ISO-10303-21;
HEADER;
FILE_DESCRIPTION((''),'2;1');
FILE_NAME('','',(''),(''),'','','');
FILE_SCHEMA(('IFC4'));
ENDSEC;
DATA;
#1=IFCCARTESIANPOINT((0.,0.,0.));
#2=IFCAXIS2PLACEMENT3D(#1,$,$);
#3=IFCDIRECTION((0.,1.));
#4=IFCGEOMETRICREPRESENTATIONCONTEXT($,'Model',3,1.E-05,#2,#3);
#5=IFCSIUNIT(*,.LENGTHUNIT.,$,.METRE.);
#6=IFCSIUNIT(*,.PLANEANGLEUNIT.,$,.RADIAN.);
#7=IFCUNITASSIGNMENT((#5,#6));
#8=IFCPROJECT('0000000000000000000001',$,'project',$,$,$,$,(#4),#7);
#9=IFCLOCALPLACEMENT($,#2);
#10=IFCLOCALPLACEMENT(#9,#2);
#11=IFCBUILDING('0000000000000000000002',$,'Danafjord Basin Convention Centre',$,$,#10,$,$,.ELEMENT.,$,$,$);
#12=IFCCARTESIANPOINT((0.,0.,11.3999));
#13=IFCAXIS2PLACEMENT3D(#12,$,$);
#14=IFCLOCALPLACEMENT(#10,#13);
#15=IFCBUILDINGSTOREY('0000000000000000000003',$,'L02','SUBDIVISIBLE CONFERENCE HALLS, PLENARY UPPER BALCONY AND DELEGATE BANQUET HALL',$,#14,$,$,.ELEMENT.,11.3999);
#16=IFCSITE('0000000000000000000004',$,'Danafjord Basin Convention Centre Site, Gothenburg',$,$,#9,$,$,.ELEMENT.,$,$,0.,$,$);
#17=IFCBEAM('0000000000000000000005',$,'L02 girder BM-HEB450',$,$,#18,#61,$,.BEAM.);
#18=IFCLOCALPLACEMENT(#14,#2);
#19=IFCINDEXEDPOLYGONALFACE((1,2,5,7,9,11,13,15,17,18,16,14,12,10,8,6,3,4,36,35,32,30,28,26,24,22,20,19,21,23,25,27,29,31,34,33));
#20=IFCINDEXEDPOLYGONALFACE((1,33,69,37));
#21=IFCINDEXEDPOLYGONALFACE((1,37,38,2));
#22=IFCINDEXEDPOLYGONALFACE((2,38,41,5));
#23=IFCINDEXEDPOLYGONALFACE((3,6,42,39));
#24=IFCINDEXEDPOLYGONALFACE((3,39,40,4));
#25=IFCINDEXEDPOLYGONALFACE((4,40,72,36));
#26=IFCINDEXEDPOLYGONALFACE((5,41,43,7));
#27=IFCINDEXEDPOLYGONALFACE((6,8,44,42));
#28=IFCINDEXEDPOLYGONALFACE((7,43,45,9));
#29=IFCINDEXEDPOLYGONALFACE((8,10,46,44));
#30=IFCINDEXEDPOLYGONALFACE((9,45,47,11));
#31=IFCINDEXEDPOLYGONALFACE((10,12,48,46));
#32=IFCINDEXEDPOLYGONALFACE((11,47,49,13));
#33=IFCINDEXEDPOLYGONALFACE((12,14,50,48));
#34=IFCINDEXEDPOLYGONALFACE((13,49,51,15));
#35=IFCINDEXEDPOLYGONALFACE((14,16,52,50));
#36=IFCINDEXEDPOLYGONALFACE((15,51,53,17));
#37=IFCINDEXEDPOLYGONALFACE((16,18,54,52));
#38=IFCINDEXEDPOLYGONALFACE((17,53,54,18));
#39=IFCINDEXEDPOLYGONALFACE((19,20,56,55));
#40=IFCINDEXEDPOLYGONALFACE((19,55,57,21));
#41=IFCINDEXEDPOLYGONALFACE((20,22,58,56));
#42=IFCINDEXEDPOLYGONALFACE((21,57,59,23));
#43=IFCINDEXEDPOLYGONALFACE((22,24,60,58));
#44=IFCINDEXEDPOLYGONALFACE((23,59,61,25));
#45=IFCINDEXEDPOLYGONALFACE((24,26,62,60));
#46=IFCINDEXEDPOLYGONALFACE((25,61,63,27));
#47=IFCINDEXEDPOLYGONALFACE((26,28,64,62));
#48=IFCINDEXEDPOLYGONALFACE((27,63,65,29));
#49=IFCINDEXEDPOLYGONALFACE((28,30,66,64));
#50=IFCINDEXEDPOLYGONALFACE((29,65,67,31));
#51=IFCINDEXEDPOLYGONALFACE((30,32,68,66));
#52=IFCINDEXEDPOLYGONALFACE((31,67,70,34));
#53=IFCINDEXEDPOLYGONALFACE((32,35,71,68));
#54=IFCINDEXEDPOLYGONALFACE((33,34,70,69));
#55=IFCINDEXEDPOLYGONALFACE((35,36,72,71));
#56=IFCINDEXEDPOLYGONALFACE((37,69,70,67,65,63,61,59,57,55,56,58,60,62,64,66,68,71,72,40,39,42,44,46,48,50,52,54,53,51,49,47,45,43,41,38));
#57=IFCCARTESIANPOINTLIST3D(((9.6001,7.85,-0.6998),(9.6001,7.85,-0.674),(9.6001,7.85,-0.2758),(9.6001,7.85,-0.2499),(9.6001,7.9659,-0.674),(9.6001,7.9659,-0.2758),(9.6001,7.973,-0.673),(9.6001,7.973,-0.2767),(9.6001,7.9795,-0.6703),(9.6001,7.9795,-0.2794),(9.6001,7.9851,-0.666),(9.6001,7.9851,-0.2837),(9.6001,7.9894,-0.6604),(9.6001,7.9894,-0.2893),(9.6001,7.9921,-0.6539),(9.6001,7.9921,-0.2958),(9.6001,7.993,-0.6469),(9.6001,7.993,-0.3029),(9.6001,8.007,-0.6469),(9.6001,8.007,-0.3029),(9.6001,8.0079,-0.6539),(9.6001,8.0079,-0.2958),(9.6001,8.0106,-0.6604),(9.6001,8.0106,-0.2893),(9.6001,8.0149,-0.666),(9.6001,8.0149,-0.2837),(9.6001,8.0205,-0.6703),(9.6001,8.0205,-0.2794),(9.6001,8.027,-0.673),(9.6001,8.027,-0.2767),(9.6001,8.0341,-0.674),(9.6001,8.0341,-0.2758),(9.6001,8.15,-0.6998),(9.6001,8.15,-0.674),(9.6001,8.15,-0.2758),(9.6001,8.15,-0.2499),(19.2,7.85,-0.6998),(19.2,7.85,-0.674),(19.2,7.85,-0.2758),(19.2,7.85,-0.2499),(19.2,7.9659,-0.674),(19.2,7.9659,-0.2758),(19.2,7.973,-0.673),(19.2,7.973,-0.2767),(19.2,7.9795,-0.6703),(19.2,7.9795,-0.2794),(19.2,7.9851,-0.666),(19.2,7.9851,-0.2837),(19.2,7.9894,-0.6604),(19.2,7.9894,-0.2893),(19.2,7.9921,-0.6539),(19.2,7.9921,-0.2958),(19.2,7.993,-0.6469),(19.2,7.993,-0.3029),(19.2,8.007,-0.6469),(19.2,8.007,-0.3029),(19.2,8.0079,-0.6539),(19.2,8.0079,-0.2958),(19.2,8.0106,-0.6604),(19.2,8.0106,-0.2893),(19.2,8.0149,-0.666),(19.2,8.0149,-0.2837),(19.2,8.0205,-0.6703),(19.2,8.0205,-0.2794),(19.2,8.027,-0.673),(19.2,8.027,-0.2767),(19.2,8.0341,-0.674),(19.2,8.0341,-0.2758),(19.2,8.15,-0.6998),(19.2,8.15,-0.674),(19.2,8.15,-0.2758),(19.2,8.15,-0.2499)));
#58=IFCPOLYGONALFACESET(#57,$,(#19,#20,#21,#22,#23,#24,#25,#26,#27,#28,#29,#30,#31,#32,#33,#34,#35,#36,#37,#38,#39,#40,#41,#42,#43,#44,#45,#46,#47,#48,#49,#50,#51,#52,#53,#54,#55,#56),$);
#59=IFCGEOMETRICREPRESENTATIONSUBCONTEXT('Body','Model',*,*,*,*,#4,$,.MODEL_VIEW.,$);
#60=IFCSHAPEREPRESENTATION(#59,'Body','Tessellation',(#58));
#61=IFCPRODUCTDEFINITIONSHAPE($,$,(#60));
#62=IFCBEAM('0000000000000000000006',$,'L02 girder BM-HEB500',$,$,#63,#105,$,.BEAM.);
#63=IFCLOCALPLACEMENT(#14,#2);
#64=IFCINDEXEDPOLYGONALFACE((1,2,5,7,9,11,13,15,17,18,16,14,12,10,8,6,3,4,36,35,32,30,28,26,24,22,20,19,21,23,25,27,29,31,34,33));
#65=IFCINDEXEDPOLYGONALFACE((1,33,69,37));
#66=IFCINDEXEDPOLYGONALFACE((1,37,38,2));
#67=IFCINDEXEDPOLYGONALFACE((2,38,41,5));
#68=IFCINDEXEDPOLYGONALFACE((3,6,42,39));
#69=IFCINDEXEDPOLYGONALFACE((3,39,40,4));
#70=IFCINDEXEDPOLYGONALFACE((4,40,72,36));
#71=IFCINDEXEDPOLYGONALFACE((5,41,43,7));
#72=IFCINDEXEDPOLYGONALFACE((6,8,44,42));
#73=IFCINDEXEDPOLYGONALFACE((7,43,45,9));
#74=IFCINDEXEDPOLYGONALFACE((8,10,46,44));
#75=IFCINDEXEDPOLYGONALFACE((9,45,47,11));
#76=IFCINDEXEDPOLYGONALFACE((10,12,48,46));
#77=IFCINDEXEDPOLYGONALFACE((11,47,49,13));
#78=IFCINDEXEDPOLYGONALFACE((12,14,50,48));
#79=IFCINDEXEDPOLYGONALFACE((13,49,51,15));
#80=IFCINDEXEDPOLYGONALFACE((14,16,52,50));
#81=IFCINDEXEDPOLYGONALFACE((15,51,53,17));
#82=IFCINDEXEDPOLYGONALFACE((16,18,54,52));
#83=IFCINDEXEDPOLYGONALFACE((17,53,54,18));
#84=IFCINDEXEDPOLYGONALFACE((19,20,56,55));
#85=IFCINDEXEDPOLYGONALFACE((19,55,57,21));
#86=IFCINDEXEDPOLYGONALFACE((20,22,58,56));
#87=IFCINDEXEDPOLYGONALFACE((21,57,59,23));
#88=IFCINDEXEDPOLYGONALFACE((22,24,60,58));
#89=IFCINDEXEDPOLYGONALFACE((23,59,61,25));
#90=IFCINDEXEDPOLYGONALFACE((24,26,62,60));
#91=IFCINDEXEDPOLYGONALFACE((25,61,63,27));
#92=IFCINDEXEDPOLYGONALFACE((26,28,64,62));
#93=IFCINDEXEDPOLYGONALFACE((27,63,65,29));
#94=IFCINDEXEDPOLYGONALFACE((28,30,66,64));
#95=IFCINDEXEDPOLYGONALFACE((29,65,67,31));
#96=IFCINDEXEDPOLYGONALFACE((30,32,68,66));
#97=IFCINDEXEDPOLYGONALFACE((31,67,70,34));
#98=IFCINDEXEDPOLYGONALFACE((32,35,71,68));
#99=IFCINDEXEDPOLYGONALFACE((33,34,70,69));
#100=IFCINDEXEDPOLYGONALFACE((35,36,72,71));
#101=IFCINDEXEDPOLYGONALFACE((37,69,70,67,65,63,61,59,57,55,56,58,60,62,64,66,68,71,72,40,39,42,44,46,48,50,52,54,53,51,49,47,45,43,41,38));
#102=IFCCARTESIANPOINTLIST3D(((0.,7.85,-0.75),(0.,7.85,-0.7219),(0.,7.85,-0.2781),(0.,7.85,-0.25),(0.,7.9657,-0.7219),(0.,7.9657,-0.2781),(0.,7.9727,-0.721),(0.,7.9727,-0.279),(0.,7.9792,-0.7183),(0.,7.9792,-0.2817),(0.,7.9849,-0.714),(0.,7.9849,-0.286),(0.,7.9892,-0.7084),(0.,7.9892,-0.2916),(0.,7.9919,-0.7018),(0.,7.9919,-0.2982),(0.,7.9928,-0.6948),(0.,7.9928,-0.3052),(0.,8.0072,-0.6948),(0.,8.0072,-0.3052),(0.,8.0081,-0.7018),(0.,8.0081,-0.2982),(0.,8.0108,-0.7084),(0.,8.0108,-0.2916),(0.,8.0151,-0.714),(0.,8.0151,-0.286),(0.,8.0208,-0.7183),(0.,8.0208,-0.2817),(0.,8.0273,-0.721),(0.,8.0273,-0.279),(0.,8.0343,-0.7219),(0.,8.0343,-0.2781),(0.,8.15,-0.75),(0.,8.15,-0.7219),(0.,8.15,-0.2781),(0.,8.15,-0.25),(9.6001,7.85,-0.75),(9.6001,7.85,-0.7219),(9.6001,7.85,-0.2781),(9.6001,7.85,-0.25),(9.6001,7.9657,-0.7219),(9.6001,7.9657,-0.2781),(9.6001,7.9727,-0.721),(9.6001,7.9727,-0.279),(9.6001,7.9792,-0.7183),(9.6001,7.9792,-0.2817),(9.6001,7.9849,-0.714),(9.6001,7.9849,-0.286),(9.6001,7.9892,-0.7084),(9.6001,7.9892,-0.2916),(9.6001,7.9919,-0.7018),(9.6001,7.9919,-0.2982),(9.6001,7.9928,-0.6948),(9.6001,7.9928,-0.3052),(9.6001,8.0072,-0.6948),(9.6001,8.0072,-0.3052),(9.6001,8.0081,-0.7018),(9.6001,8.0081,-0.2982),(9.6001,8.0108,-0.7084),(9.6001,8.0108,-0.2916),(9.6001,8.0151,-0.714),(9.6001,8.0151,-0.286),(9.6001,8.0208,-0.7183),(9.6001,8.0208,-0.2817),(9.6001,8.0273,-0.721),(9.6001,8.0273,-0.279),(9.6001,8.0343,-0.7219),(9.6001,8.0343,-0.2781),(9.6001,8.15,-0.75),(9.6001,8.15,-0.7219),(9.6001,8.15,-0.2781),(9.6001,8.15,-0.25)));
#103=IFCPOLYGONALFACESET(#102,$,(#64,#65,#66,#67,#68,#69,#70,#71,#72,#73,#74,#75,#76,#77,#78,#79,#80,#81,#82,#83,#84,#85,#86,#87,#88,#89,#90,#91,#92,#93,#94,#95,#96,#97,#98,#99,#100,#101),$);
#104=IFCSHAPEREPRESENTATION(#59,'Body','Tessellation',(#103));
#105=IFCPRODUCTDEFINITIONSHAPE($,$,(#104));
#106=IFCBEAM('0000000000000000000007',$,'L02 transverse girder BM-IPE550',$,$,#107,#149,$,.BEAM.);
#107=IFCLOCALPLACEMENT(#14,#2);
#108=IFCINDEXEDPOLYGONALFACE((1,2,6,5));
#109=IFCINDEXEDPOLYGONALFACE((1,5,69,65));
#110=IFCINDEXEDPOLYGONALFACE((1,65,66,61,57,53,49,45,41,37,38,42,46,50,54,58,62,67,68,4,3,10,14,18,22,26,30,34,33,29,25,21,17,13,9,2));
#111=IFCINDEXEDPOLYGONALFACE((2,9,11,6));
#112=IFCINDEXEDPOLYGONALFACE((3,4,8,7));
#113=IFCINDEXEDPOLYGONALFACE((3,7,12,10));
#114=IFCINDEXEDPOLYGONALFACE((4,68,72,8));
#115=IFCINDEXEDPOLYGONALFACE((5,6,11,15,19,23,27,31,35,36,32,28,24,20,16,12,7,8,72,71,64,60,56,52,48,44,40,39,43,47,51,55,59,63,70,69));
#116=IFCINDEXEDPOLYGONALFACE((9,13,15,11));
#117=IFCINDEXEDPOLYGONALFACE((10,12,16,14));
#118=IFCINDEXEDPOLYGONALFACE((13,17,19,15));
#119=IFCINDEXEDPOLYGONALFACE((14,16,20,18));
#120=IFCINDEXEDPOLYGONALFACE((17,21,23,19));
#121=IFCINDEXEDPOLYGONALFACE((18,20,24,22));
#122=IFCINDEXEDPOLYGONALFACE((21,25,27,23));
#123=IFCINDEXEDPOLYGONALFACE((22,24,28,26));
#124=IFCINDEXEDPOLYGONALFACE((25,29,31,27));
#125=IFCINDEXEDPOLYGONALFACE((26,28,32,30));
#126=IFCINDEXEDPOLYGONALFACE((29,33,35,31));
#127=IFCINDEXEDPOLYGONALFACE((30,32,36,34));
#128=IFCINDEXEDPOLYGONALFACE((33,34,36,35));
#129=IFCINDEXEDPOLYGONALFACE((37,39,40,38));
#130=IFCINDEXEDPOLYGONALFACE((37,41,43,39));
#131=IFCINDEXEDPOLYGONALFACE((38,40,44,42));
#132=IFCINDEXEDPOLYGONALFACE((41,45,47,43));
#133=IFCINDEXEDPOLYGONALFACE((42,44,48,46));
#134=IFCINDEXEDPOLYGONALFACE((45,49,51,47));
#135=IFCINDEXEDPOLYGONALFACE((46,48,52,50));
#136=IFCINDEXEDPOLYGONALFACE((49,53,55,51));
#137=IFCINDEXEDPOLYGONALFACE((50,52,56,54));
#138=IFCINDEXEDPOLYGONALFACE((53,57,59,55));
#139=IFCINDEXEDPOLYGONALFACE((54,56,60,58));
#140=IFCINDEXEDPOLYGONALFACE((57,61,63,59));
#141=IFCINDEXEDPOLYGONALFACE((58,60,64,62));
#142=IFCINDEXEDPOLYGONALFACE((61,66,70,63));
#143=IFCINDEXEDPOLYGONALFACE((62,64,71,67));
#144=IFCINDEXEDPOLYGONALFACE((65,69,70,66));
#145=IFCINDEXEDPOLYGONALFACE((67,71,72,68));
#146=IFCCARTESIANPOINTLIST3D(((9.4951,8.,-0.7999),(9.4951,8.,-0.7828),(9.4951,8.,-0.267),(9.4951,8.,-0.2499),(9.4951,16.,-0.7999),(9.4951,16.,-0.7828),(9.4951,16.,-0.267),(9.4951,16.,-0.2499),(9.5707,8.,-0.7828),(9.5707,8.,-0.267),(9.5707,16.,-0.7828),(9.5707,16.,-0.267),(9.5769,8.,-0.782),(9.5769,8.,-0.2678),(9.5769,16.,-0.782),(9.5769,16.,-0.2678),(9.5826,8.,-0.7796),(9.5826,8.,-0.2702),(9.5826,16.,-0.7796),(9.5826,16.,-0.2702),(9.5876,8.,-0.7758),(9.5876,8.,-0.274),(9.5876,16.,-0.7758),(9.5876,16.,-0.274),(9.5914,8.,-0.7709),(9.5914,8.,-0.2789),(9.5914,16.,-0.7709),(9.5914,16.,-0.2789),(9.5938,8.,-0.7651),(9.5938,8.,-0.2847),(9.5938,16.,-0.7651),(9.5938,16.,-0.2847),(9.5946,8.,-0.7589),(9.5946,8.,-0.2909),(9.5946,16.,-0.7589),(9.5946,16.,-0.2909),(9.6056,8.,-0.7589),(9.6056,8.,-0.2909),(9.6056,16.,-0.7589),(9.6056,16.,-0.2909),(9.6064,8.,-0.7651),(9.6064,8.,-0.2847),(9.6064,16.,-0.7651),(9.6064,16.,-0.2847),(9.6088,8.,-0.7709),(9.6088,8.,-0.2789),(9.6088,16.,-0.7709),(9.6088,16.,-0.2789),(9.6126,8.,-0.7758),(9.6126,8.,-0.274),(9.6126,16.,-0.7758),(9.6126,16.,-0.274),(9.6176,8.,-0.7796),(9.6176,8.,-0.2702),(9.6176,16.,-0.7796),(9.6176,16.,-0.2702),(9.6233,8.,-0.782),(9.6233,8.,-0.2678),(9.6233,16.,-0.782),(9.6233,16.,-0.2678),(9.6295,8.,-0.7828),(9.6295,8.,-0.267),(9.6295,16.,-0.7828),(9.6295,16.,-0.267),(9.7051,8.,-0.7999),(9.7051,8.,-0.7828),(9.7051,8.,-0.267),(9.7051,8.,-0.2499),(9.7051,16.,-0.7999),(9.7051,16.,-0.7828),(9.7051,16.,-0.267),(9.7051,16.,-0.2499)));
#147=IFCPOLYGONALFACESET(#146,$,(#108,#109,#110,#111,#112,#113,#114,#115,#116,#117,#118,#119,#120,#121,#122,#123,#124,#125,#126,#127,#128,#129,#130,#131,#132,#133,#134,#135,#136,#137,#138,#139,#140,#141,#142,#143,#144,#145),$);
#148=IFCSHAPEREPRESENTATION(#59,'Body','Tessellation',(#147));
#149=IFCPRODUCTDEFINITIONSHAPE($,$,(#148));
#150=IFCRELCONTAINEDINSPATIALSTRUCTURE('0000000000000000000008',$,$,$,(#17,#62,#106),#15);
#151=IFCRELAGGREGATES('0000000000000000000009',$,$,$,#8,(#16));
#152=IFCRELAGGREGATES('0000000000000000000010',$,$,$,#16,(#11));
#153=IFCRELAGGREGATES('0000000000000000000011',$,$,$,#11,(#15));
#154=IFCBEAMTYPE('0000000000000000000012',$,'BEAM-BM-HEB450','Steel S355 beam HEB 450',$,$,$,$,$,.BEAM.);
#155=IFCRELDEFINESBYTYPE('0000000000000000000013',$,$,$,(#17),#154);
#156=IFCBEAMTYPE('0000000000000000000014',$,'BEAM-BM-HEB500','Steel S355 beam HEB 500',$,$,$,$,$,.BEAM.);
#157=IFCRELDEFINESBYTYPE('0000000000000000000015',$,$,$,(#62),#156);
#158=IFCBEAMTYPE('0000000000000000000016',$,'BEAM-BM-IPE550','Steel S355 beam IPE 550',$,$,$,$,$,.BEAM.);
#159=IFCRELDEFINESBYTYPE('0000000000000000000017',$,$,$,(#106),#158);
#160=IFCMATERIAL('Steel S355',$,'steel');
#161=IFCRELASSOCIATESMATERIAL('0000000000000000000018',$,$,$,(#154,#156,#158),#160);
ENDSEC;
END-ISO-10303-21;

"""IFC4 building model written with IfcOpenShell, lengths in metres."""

from ifc_helpers import new_model, si_unit, direction, frame, origin, origin_2d, place, context, subcontext, project, spatial, i_section, extrude, material, material_profile, profile_set, type_object, element, save


model = new_model("IFC4")

# Units and contexts
model_context = context("Model", 3, precision=1e-05, world=origin(), true_north=direction((0.0, 1.0)))
body_context = subcontext(model_context, "Body", "Model", "MODEL_VIEW")
ifc_project = project(units=[si_unit("LENGTHUNIT", "METRE"), si_unit("PLANEANGLEUNIT", "RADIAN")], contexts=[model_context])

# Site, building, storey
site_placement = place(None, origin())
site = spatial("IfcSite", under=ifc_project, at=site_placement, Name="Danafjord Basin Convention Centre Site, Gothenburg", CompositionType="ELEMENT", RefElevation=0.0)
building_placement = place(site_placement, origin())
building = spatial("IfcBuilding", under=site, at=building_placement, Name="Danafjord Basin Convention Centre", CompositionType="ELEMENT")
storey_placement = place(building_placement, frame((0.0, 0.0, 11.3999)))
storey = spatial("IfcBuildingStorey", under=building, at=storey_placement, Name="L02", Description="SUBDIVISIBLE CONFERENCE HALLS, PLENARY UPPER BALCONY AND DELEGATE BANQUET HALL", CompositionType="ELEMENT", Elevation=11.3999)

# Shared definitions
ifc_material_1 = material(Name="Steel S355", Category="steel")

# Beams
ifc_material_profile_1 = material_profile(ifc_material_1, i_section(OverallWidth=0.3, OverallDepth=0.45, WebThickness=0.0139, FlangeThickness=0.0259, FilletRadius=0.0271, at=origin_2d()), Name="HEB 450")
ifc_profile_set_1 = profile_set([ifc_material_profile_1], Name="Steel S355")
beam_type_1 = type_object("IfcBeamType", Name="BEAM-BM-HEB450", Description="Steel S355 beam HEB 450", PredefinedType="BEAM", material=ifc_profile_set_1)
beam_1_placement = place(storey_placement, frame((9.6001, 8.0, -0.4749), z_axis=(1.0, 0.0, 0.0), x_axis=(0.0, 1.0, 0.0)))
element("IfcBeam", 1, at=beam_1_placement, inside=storey, type_object=beam_type_1, Name="L02 girder BM-HEB450", PredefinedType="BEAM", context=body_context, shape_type="SweptSolid", body=[
    extrude(i_section(OverallWidth=0.3, OverallDepth=0.45, WebThickness=0.0139, FlangeThickness=0.0259, FilletRadius=0.0271, at=origin_2d()), origin(), (0.0, 0.0, 1.0), 9.5999),
])
ifc_material_profile_2 = material_profile(ifc_material_1, i_section(OverallWidth=0.3, OverallDepth=0.5, WebThickness=0.0144, FlangeThickness=0.0281, FilletRadius=0.0271, at=origin_2d()), Name="HEB 500")
ifc_profile_set_2 = profile_set([ifc_material_profile_2], Name="Steel S355")
beam_type_2 = type_object("IfcBeamType", Name="BEAM-BM-HEB500", Description="Steel S355 beam HEB 500", PredefinedType="BEAM", material=ifc_profile_set_2)
beam_2_placement = place(storey_placement, frame((0.0, 8.0, -0.5), z_axis=(1.0, 0.0, 0.0), x_axis=(0.0, 1.0, 0.0)))
element("IfcBeam", 2, at=beam_2_placement, inside=storey, type_object=beam_type_2, Name="L02 girder BM-HEB500", PredefinedType="BEAM", context=body_context, shape_type="SweptSolid", body=[
    extrude(i_section(OverallWidth=0.3, OverallDepth=0.5, WebThickness=0.0144, FlangeThickness=0.0281, FilletRadius=0.0271, at=origin_2d()), origin(), (0.0, 0.0, 1.0), 9.6001),
])
ifc_material_profile_3 = material_profile(ifc_material_1, i_section(OverallWidth=0.21, OverallDepth=0.55, WebThickness=0.011, FlangeThickness=0.0171, FilletRadius=0.0239, at=origin_2d()), Name="IPE 550")
ifc_profile_set_3 = profile_set([ifc_material_profile_3], Name="Steel S355")
beam_type_3 = type_object("IfcBeamType", Name="BEAM-BM-IPE550", Description="Steel S355 beam IPE 550", PredefinedType="BEAM", material=ifc_profile_set_3)
beam_3_placement = place(storey_placement, frame((9.6001, 8.0, -0.5249), z_axis=(0.0, 1.0, 0.0), x_axis=(-1.0, 0.0, 0.0)))
element("IfcBeam", 3, at=beam_3_placement, inside=storey, type_object=beam_type_3, Name="L02 transverse girder BM-IPE550", PredefinedType="BEAM", context=body_context, shape_type="SweptSolid", body=[
    extrude(i_section(OverallWidth=0.21, OverallDepth=0.55, WebThickness=0.011, FlangeThickness=0.0171, FilletRadius=0.0239, at=origin_2d()), origin(), (0.0, 0.0, 1.0), 8.0),
])

save(model, "model.ifc")
